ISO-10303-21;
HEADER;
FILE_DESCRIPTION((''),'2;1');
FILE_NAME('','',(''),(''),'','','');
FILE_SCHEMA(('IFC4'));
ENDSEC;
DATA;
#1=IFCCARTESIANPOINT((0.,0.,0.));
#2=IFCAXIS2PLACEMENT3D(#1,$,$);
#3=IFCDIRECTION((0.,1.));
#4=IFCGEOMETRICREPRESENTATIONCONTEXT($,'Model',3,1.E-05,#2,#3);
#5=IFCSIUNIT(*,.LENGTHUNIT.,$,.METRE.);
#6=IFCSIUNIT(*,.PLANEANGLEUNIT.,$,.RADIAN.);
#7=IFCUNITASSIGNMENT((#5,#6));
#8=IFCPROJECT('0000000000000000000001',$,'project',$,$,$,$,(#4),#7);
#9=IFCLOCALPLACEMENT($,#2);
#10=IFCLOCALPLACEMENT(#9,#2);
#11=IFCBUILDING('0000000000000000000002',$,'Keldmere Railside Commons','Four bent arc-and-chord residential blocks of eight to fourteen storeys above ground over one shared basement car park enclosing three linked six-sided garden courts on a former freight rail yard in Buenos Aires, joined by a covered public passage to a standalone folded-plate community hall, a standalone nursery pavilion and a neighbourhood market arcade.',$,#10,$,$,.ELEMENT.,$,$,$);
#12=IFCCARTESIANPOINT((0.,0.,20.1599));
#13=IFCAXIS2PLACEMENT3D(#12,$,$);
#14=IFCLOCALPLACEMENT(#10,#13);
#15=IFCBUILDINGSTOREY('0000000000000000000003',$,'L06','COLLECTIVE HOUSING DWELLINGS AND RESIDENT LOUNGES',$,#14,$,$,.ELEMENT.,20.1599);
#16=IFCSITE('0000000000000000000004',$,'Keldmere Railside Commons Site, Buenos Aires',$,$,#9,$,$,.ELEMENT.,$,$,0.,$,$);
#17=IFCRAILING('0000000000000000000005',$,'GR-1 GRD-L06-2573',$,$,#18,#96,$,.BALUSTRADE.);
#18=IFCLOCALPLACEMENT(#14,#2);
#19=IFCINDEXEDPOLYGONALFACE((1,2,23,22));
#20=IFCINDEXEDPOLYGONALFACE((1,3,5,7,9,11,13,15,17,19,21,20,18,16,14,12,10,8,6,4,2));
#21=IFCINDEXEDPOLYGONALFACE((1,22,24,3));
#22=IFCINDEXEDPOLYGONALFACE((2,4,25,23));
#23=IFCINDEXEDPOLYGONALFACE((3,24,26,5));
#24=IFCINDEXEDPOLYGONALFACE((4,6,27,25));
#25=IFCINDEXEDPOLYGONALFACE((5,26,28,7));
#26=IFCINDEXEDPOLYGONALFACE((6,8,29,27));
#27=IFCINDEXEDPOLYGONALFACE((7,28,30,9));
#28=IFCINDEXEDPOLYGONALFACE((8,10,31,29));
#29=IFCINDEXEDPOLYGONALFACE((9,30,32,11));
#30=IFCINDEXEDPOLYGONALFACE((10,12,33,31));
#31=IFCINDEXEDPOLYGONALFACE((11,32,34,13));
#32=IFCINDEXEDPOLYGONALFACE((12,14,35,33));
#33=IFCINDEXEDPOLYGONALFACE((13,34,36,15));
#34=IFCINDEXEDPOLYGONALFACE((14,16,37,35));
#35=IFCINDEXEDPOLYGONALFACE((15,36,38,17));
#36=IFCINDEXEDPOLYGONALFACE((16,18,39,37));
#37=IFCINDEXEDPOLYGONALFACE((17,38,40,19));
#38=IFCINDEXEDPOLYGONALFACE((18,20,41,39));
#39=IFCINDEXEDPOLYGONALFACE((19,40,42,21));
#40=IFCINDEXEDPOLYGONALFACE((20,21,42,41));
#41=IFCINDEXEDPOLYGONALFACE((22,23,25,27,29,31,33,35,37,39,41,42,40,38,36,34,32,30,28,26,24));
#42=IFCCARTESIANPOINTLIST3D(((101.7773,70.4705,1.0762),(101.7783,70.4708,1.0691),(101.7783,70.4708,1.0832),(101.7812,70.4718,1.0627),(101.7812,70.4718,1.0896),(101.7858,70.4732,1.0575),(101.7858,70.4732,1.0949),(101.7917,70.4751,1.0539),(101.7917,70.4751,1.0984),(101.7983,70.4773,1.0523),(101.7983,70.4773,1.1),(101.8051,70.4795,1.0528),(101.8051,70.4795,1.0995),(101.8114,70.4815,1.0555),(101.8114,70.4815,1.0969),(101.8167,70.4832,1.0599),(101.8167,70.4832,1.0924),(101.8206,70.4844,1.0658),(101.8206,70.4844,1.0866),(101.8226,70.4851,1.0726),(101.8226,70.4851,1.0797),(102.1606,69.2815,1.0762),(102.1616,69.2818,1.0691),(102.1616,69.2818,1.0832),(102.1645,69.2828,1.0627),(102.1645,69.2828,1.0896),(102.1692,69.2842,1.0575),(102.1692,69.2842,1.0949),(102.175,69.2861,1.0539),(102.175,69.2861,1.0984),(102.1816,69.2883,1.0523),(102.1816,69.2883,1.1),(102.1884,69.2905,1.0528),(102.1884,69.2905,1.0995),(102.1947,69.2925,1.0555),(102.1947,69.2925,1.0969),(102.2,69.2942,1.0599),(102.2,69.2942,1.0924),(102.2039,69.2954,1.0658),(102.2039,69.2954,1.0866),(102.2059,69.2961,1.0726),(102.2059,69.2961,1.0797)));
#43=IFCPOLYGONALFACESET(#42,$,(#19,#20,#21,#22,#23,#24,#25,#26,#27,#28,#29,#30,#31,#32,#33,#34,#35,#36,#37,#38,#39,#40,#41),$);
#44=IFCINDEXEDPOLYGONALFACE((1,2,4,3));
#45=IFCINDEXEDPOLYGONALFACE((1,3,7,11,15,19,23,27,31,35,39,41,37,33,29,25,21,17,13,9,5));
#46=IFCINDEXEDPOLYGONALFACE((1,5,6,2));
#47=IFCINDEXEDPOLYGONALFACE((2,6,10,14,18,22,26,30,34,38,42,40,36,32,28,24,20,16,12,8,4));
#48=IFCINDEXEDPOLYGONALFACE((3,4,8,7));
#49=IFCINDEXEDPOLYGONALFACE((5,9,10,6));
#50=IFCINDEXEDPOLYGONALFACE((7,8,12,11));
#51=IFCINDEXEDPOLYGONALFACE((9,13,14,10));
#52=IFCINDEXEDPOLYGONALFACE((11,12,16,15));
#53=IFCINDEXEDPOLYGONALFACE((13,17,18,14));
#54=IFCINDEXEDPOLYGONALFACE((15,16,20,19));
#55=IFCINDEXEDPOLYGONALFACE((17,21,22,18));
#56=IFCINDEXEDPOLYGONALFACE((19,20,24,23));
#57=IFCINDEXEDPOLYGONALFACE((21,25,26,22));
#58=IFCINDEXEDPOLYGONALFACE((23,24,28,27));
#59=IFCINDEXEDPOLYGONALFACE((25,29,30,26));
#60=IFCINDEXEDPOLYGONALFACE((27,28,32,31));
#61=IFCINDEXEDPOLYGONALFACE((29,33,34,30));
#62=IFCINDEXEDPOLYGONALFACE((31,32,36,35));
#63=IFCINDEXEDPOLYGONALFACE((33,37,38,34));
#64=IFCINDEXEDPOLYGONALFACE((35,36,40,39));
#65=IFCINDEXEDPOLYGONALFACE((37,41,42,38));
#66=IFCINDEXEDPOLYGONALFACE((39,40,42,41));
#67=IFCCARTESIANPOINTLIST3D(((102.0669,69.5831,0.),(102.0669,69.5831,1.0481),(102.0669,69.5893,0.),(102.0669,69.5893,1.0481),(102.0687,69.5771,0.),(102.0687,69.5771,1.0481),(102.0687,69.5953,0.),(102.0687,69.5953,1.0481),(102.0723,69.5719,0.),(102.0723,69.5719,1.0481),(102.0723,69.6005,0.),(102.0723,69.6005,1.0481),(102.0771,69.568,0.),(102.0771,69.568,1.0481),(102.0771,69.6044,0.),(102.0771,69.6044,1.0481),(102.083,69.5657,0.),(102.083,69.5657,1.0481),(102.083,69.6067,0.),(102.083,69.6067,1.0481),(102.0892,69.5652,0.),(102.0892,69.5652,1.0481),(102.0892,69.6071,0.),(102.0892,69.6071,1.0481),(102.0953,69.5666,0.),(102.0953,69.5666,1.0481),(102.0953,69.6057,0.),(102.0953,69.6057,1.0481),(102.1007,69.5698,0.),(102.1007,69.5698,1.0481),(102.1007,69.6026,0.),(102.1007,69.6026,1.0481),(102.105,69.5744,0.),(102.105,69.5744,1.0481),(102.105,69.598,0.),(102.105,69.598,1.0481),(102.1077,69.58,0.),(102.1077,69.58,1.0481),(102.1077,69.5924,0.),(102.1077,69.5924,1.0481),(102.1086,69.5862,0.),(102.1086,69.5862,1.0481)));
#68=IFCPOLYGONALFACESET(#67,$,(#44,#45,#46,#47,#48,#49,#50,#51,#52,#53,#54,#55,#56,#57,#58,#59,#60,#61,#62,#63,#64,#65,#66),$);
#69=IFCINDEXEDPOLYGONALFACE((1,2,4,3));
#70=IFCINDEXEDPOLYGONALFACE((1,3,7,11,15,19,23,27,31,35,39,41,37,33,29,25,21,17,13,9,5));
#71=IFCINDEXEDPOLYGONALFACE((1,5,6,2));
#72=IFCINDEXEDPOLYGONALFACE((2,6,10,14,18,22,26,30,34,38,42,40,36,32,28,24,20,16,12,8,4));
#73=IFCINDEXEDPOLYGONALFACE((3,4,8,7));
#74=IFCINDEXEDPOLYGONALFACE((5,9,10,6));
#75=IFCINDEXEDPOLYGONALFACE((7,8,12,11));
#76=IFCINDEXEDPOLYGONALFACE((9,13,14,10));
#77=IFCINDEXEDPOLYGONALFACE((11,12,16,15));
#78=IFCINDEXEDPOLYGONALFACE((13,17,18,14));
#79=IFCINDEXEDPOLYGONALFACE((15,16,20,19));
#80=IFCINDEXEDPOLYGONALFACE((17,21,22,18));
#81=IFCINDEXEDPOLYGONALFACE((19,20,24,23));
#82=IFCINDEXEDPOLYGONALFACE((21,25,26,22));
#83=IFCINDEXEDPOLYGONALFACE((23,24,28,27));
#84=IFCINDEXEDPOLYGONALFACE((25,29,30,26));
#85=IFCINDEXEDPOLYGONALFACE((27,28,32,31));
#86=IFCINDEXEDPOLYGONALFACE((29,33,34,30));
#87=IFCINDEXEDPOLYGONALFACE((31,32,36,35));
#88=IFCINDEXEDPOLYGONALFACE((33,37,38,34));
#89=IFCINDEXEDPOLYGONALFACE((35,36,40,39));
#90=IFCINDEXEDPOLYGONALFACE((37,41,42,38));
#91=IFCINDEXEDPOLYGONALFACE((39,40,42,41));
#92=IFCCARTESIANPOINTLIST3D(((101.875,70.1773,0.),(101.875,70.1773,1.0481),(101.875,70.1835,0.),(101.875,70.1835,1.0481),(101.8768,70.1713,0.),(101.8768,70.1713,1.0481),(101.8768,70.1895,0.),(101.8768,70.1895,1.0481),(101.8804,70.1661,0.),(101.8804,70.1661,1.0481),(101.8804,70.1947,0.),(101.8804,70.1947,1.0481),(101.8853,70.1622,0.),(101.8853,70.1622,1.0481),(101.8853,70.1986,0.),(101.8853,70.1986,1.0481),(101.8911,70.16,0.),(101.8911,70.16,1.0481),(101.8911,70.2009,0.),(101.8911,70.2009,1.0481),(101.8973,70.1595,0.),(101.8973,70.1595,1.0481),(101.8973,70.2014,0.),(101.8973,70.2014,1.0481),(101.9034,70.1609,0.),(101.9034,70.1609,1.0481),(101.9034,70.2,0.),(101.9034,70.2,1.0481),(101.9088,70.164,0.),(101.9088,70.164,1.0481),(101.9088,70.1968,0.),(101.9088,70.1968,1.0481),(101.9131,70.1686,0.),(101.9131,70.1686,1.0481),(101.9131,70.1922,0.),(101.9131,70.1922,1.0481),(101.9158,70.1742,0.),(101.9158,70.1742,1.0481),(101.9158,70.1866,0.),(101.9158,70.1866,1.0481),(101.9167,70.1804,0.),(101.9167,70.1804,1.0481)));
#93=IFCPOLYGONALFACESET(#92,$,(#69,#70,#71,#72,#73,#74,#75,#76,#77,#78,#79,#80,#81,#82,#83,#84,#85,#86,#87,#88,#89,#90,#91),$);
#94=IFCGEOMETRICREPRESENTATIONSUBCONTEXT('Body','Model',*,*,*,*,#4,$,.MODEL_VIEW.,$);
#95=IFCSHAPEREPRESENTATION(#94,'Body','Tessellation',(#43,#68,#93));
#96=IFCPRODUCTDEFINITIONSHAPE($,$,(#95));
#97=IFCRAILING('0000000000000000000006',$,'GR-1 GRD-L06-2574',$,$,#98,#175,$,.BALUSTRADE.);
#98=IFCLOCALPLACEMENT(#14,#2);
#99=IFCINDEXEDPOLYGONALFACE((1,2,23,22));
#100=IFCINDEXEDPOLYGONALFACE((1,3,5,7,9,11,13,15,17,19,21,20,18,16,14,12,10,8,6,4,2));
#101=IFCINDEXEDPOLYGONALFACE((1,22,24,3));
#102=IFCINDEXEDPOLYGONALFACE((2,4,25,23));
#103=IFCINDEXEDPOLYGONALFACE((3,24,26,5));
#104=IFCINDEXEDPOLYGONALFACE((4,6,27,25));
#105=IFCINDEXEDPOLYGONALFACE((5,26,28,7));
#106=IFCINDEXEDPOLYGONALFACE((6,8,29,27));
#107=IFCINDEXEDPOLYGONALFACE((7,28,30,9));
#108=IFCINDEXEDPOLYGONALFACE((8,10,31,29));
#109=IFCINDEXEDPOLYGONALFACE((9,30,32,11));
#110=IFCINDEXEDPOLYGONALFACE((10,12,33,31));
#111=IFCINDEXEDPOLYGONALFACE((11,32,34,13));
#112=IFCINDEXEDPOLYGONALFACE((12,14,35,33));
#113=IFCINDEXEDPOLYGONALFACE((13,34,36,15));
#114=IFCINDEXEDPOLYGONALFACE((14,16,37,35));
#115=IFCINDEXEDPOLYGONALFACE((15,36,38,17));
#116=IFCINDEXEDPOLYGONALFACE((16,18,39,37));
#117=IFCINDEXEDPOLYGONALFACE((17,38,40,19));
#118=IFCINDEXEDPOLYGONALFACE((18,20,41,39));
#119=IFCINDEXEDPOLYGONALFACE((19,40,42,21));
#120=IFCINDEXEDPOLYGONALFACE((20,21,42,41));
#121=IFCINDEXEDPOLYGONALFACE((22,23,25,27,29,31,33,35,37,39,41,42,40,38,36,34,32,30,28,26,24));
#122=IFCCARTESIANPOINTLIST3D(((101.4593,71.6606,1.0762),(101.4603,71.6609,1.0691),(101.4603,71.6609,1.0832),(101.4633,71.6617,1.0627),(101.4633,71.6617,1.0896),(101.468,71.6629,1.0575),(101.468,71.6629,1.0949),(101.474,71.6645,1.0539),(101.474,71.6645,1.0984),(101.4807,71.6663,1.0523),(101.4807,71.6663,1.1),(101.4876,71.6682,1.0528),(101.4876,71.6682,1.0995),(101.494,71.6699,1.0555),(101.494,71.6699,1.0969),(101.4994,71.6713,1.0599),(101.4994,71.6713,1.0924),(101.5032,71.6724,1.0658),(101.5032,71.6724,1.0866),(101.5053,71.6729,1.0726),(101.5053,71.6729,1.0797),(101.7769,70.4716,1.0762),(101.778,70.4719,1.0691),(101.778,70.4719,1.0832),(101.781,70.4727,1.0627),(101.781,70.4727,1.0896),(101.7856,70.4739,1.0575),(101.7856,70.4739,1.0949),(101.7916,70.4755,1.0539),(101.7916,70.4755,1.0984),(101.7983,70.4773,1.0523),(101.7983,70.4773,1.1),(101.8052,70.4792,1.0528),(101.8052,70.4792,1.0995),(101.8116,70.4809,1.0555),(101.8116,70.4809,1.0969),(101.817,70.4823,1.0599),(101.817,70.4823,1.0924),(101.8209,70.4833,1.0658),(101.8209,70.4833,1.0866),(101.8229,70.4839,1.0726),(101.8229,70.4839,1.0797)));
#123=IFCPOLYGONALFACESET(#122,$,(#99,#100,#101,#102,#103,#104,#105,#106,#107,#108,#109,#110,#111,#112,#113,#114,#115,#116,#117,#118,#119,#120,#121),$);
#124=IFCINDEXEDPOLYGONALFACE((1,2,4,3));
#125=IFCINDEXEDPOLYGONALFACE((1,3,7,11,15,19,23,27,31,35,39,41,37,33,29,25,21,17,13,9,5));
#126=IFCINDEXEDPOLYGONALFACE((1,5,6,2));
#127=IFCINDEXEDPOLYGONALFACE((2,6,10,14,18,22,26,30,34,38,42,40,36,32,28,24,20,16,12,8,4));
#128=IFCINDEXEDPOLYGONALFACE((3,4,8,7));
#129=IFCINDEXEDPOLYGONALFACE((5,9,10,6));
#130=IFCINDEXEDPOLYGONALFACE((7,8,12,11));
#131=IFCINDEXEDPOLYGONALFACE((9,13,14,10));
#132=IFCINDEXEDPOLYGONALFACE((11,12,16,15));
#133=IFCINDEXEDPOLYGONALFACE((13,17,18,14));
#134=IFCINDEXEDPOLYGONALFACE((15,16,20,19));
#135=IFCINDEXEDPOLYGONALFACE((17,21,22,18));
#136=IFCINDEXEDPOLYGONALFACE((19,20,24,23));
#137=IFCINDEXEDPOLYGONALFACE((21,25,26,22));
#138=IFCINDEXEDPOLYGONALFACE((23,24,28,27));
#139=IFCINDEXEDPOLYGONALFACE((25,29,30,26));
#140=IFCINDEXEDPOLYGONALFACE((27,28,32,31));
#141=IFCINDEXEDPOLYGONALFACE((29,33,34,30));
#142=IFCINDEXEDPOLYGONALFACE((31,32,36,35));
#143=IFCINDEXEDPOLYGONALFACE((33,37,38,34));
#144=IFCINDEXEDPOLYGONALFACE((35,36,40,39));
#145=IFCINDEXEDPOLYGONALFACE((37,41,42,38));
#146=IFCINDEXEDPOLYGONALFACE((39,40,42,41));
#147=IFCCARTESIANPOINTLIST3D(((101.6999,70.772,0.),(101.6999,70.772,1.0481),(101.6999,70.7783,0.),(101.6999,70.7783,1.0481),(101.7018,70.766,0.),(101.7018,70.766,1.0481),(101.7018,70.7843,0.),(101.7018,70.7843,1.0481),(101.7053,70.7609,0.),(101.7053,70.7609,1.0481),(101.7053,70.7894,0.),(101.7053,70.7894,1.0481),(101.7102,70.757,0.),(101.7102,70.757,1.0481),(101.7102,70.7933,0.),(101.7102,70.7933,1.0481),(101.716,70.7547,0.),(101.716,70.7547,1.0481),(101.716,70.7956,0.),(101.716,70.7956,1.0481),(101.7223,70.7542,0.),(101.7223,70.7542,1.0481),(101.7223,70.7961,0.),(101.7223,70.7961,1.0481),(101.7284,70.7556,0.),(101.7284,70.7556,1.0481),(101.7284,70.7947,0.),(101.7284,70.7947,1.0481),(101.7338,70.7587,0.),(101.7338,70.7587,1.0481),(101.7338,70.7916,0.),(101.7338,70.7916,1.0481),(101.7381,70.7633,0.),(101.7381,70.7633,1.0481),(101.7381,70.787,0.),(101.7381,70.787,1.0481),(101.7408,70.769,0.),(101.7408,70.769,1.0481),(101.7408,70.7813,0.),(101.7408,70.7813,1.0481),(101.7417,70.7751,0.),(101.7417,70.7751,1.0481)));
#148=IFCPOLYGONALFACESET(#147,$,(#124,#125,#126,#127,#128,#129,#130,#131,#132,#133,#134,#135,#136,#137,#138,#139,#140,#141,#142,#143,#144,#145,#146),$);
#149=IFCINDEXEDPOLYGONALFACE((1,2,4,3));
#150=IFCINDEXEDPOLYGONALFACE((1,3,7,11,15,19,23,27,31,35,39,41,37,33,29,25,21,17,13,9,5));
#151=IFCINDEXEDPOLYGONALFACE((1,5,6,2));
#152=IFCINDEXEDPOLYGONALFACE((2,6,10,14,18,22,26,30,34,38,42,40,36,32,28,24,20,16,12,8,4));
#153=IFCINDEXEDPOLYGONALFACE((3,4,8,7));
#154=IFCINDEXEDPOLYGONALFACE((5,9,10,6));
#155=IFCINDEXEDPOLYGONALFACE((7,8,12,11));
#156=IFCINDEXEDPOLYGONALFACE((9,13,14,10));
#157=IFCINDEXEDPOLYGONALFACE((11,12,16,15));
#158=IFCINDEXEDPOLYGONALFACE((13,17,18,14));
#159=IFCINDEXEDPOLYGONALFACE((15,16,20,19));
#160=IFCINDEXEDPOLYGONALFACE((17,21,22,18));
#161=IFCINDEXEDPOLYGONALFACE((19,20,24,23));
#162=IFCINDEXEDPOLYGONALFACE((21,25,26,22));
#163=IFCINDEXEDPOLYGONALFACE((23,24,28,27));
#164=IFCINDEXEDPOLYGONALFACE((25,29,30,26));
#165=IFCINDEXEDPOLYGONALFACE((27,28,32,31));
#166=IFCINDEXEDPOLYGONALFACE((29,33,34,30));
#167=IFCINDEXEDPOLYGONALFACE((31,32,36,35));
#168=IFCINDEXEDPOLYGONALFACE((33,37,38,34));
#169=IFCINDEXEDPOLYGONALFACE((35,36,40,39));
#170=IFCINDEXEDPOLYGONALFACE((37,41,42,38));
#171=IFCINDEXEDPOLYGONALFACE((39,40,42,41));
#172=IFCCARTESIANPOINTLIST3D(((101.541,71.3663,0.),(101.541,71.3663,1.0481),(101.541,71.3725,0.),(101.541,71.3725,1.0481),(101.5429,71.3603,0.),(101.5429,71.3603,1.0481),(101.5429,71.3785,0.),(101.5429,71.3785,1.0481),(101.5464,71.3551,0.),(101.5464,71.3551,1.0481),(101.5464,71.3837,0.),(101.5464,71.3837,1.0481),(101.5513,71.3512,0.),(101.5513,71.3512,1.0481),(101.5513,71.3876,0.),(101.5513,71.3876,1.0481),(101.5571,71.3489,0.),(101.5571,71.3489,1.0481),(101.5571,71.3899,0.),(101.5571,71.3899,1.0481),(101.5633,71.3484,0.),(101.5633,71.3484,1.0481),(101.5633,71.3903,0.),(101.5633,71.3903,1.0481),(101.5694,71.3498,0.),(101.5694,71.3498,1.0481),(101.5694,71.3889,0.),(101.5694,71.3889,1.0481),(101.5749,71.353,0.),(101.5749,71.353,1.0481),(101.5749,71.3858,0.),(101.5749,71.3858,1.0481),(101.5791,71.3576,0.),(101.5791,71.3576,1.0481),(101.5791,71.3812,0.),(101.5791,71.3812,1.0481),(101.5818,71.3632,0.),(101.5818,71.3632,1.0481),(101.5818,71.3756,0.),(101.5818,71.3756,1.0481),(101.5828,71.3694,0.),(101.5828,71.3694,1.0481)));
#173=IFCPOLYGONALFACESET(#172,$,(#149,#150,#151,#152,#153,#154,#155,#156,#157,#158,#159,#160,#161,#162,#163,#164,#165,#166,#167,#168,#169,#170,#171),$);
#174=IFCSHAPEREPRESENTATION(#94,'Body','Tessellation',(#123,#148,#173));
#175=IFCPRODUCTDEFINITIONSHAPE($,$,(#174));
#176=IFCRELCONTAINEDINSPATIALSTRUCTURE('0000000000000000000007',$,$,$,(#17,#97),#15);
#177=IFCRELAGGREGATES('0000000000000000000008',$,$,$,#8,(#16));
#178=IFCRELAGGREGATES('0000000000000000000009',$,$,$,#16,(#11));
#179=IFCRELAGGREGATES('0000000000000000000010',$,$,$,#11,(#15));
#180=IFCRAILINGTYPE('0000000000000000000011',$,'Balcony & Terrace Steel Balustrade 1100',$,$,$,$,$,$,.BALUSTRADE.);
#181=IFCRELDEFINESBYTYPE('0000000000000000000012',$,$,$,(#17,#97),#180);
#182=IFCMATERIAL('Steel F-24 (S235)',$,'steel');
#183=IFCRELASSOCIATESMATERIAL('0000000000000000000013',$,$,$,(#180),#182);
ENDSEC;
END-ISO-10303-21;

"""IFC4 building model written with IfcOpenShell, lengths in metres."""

from ifc_helpers import new_model, si_unit, direction, frame, origin, origin_2d, place, context, subcontext, project, spatial, circle, extrude, material, type_object, element, save


model = new_model("IFC4")

# Units and contexts
model_context = context("Model", 3, precision=1e-05, world=origin(), true_north=direction((0.0, 1.0)))
body_context = subcontext(model_context, "Body", "Model", "MODEL_VIEW")
ifc_project = project(units=[si_unit("LENGTHUNIT", "METRE"), si_unit("PLANEANGLEUNIT", "RADIAN")], contexts=[model_context])

# Site, building, storey
site_placement = place(None, origin())
site = spatial("IfcSite", under=ifc_project, at=site_placement, Name="Keldmere Railside Commons Site, Buenos Aires", CompositionType="ELEMENT", RefElevation=0.0)
building_placement = place(site_placement, origin())
building = spatial("IfcBuilding", under=site, at=building_placement, Name="Keldmere Railside Commons", Description="Four bent arc-and-chord residential blocks of eight to fourteen storeys above ground over one shared basement car park enclosing three linked six-sided garden courts on a former freight rail yard in Buenos Aires, joined by a covered public passage to a standalone folded-plate community hall, a standalone nursery pavilion and a neighbourhood market arcade.", CompositionType="ELEMENT")
storey_placement = place(building_placement, frame((0.0, 0.0, 20.1599)))
storey = spatial("IfcBuildingStorey", under=building, at=storey_placement, Name="L06", Description="COLLECTIVE HOUSING DWELLINGS AND RESIDENT LOUNGES", CompositionType="ELEMENT", Elevation=20.1599)

# Shared definitions
ifc_material_1 = material(Name="Steel F-24 (S235)", Category="steel")

# Railings
railing_type_1 = type_object("IfcRailingType", Name="Balcony & Terrace Steel Balustrade 1100", PredefinedType="BALUSTRADE", material=ifc_material_1)
railing_1_placement = place(storey_placement, frame((102.1833, 69.2888, 0.0)))
element("IfcRailing", 1, at=railing_1_placement, inside=storey, type_object=railing_type_1, Name="GR-1 GRD-L06-2573", PredefinedType="BALUSTRADE", context=body_context, shape_type="SweptSolid", body=[
    extrude(circle(Radius=0.0239, at=origin_2d()), frame((0.0, 0.0, 1.0762), z_axis=(-0.306831, 0.951764, 0.0), x_axis=(-0.951764, -0.306831, 0.0)), (0.0, 0.0, 1.0), 1.2493),
    extrude(circle(Radius=0.021, at=origin_2d()), frame((-0.0957, 0.2974, 0.0)), (0.0, 0.0, 1.0), 1.0481),
    extrude(circle(Radius=0.021, at=origin_2d()), frame((-0.2876, 0.8916, 0.0)), (0.0, 0.0, 1.0), 1.0481),
])
railing_2_placement = place(storey_placement, frame((101.8, 70.4778, 0.0)))
element("IfcRailing", 2, at=railing_2_placement, inside=storey, type_object=railing_type_1, Name="GR-1 GRD-L06-2574", PredefinedType="BALUSTRADE", context=body_context, shape_type="SweptSolid", body=[
    extrude(circle(Radius=0.0239, at=origin_2d()), frame((0.0, 0.0, 1.0762), z_axis=(-0.258095, 0.96612, 0.0), x_axis=(-0.96612, -0.258095, 0.0)), (0.0, 0.0, 1.0), 1.2307),
    extrude(circle(Radius=0.021, at=origin_2d()), frame((-0.0793, 0.2974, 0.0)), (0.0, 0.0, 1.0), 1.0481),
    extrude(circle(Radius=0.021, at=origin_2d()), frame((-0.2383, 0.8916, 0.0)), (0.0, 0.0, 1.0), 1.0481),
])

save(model, "model.ifc")
